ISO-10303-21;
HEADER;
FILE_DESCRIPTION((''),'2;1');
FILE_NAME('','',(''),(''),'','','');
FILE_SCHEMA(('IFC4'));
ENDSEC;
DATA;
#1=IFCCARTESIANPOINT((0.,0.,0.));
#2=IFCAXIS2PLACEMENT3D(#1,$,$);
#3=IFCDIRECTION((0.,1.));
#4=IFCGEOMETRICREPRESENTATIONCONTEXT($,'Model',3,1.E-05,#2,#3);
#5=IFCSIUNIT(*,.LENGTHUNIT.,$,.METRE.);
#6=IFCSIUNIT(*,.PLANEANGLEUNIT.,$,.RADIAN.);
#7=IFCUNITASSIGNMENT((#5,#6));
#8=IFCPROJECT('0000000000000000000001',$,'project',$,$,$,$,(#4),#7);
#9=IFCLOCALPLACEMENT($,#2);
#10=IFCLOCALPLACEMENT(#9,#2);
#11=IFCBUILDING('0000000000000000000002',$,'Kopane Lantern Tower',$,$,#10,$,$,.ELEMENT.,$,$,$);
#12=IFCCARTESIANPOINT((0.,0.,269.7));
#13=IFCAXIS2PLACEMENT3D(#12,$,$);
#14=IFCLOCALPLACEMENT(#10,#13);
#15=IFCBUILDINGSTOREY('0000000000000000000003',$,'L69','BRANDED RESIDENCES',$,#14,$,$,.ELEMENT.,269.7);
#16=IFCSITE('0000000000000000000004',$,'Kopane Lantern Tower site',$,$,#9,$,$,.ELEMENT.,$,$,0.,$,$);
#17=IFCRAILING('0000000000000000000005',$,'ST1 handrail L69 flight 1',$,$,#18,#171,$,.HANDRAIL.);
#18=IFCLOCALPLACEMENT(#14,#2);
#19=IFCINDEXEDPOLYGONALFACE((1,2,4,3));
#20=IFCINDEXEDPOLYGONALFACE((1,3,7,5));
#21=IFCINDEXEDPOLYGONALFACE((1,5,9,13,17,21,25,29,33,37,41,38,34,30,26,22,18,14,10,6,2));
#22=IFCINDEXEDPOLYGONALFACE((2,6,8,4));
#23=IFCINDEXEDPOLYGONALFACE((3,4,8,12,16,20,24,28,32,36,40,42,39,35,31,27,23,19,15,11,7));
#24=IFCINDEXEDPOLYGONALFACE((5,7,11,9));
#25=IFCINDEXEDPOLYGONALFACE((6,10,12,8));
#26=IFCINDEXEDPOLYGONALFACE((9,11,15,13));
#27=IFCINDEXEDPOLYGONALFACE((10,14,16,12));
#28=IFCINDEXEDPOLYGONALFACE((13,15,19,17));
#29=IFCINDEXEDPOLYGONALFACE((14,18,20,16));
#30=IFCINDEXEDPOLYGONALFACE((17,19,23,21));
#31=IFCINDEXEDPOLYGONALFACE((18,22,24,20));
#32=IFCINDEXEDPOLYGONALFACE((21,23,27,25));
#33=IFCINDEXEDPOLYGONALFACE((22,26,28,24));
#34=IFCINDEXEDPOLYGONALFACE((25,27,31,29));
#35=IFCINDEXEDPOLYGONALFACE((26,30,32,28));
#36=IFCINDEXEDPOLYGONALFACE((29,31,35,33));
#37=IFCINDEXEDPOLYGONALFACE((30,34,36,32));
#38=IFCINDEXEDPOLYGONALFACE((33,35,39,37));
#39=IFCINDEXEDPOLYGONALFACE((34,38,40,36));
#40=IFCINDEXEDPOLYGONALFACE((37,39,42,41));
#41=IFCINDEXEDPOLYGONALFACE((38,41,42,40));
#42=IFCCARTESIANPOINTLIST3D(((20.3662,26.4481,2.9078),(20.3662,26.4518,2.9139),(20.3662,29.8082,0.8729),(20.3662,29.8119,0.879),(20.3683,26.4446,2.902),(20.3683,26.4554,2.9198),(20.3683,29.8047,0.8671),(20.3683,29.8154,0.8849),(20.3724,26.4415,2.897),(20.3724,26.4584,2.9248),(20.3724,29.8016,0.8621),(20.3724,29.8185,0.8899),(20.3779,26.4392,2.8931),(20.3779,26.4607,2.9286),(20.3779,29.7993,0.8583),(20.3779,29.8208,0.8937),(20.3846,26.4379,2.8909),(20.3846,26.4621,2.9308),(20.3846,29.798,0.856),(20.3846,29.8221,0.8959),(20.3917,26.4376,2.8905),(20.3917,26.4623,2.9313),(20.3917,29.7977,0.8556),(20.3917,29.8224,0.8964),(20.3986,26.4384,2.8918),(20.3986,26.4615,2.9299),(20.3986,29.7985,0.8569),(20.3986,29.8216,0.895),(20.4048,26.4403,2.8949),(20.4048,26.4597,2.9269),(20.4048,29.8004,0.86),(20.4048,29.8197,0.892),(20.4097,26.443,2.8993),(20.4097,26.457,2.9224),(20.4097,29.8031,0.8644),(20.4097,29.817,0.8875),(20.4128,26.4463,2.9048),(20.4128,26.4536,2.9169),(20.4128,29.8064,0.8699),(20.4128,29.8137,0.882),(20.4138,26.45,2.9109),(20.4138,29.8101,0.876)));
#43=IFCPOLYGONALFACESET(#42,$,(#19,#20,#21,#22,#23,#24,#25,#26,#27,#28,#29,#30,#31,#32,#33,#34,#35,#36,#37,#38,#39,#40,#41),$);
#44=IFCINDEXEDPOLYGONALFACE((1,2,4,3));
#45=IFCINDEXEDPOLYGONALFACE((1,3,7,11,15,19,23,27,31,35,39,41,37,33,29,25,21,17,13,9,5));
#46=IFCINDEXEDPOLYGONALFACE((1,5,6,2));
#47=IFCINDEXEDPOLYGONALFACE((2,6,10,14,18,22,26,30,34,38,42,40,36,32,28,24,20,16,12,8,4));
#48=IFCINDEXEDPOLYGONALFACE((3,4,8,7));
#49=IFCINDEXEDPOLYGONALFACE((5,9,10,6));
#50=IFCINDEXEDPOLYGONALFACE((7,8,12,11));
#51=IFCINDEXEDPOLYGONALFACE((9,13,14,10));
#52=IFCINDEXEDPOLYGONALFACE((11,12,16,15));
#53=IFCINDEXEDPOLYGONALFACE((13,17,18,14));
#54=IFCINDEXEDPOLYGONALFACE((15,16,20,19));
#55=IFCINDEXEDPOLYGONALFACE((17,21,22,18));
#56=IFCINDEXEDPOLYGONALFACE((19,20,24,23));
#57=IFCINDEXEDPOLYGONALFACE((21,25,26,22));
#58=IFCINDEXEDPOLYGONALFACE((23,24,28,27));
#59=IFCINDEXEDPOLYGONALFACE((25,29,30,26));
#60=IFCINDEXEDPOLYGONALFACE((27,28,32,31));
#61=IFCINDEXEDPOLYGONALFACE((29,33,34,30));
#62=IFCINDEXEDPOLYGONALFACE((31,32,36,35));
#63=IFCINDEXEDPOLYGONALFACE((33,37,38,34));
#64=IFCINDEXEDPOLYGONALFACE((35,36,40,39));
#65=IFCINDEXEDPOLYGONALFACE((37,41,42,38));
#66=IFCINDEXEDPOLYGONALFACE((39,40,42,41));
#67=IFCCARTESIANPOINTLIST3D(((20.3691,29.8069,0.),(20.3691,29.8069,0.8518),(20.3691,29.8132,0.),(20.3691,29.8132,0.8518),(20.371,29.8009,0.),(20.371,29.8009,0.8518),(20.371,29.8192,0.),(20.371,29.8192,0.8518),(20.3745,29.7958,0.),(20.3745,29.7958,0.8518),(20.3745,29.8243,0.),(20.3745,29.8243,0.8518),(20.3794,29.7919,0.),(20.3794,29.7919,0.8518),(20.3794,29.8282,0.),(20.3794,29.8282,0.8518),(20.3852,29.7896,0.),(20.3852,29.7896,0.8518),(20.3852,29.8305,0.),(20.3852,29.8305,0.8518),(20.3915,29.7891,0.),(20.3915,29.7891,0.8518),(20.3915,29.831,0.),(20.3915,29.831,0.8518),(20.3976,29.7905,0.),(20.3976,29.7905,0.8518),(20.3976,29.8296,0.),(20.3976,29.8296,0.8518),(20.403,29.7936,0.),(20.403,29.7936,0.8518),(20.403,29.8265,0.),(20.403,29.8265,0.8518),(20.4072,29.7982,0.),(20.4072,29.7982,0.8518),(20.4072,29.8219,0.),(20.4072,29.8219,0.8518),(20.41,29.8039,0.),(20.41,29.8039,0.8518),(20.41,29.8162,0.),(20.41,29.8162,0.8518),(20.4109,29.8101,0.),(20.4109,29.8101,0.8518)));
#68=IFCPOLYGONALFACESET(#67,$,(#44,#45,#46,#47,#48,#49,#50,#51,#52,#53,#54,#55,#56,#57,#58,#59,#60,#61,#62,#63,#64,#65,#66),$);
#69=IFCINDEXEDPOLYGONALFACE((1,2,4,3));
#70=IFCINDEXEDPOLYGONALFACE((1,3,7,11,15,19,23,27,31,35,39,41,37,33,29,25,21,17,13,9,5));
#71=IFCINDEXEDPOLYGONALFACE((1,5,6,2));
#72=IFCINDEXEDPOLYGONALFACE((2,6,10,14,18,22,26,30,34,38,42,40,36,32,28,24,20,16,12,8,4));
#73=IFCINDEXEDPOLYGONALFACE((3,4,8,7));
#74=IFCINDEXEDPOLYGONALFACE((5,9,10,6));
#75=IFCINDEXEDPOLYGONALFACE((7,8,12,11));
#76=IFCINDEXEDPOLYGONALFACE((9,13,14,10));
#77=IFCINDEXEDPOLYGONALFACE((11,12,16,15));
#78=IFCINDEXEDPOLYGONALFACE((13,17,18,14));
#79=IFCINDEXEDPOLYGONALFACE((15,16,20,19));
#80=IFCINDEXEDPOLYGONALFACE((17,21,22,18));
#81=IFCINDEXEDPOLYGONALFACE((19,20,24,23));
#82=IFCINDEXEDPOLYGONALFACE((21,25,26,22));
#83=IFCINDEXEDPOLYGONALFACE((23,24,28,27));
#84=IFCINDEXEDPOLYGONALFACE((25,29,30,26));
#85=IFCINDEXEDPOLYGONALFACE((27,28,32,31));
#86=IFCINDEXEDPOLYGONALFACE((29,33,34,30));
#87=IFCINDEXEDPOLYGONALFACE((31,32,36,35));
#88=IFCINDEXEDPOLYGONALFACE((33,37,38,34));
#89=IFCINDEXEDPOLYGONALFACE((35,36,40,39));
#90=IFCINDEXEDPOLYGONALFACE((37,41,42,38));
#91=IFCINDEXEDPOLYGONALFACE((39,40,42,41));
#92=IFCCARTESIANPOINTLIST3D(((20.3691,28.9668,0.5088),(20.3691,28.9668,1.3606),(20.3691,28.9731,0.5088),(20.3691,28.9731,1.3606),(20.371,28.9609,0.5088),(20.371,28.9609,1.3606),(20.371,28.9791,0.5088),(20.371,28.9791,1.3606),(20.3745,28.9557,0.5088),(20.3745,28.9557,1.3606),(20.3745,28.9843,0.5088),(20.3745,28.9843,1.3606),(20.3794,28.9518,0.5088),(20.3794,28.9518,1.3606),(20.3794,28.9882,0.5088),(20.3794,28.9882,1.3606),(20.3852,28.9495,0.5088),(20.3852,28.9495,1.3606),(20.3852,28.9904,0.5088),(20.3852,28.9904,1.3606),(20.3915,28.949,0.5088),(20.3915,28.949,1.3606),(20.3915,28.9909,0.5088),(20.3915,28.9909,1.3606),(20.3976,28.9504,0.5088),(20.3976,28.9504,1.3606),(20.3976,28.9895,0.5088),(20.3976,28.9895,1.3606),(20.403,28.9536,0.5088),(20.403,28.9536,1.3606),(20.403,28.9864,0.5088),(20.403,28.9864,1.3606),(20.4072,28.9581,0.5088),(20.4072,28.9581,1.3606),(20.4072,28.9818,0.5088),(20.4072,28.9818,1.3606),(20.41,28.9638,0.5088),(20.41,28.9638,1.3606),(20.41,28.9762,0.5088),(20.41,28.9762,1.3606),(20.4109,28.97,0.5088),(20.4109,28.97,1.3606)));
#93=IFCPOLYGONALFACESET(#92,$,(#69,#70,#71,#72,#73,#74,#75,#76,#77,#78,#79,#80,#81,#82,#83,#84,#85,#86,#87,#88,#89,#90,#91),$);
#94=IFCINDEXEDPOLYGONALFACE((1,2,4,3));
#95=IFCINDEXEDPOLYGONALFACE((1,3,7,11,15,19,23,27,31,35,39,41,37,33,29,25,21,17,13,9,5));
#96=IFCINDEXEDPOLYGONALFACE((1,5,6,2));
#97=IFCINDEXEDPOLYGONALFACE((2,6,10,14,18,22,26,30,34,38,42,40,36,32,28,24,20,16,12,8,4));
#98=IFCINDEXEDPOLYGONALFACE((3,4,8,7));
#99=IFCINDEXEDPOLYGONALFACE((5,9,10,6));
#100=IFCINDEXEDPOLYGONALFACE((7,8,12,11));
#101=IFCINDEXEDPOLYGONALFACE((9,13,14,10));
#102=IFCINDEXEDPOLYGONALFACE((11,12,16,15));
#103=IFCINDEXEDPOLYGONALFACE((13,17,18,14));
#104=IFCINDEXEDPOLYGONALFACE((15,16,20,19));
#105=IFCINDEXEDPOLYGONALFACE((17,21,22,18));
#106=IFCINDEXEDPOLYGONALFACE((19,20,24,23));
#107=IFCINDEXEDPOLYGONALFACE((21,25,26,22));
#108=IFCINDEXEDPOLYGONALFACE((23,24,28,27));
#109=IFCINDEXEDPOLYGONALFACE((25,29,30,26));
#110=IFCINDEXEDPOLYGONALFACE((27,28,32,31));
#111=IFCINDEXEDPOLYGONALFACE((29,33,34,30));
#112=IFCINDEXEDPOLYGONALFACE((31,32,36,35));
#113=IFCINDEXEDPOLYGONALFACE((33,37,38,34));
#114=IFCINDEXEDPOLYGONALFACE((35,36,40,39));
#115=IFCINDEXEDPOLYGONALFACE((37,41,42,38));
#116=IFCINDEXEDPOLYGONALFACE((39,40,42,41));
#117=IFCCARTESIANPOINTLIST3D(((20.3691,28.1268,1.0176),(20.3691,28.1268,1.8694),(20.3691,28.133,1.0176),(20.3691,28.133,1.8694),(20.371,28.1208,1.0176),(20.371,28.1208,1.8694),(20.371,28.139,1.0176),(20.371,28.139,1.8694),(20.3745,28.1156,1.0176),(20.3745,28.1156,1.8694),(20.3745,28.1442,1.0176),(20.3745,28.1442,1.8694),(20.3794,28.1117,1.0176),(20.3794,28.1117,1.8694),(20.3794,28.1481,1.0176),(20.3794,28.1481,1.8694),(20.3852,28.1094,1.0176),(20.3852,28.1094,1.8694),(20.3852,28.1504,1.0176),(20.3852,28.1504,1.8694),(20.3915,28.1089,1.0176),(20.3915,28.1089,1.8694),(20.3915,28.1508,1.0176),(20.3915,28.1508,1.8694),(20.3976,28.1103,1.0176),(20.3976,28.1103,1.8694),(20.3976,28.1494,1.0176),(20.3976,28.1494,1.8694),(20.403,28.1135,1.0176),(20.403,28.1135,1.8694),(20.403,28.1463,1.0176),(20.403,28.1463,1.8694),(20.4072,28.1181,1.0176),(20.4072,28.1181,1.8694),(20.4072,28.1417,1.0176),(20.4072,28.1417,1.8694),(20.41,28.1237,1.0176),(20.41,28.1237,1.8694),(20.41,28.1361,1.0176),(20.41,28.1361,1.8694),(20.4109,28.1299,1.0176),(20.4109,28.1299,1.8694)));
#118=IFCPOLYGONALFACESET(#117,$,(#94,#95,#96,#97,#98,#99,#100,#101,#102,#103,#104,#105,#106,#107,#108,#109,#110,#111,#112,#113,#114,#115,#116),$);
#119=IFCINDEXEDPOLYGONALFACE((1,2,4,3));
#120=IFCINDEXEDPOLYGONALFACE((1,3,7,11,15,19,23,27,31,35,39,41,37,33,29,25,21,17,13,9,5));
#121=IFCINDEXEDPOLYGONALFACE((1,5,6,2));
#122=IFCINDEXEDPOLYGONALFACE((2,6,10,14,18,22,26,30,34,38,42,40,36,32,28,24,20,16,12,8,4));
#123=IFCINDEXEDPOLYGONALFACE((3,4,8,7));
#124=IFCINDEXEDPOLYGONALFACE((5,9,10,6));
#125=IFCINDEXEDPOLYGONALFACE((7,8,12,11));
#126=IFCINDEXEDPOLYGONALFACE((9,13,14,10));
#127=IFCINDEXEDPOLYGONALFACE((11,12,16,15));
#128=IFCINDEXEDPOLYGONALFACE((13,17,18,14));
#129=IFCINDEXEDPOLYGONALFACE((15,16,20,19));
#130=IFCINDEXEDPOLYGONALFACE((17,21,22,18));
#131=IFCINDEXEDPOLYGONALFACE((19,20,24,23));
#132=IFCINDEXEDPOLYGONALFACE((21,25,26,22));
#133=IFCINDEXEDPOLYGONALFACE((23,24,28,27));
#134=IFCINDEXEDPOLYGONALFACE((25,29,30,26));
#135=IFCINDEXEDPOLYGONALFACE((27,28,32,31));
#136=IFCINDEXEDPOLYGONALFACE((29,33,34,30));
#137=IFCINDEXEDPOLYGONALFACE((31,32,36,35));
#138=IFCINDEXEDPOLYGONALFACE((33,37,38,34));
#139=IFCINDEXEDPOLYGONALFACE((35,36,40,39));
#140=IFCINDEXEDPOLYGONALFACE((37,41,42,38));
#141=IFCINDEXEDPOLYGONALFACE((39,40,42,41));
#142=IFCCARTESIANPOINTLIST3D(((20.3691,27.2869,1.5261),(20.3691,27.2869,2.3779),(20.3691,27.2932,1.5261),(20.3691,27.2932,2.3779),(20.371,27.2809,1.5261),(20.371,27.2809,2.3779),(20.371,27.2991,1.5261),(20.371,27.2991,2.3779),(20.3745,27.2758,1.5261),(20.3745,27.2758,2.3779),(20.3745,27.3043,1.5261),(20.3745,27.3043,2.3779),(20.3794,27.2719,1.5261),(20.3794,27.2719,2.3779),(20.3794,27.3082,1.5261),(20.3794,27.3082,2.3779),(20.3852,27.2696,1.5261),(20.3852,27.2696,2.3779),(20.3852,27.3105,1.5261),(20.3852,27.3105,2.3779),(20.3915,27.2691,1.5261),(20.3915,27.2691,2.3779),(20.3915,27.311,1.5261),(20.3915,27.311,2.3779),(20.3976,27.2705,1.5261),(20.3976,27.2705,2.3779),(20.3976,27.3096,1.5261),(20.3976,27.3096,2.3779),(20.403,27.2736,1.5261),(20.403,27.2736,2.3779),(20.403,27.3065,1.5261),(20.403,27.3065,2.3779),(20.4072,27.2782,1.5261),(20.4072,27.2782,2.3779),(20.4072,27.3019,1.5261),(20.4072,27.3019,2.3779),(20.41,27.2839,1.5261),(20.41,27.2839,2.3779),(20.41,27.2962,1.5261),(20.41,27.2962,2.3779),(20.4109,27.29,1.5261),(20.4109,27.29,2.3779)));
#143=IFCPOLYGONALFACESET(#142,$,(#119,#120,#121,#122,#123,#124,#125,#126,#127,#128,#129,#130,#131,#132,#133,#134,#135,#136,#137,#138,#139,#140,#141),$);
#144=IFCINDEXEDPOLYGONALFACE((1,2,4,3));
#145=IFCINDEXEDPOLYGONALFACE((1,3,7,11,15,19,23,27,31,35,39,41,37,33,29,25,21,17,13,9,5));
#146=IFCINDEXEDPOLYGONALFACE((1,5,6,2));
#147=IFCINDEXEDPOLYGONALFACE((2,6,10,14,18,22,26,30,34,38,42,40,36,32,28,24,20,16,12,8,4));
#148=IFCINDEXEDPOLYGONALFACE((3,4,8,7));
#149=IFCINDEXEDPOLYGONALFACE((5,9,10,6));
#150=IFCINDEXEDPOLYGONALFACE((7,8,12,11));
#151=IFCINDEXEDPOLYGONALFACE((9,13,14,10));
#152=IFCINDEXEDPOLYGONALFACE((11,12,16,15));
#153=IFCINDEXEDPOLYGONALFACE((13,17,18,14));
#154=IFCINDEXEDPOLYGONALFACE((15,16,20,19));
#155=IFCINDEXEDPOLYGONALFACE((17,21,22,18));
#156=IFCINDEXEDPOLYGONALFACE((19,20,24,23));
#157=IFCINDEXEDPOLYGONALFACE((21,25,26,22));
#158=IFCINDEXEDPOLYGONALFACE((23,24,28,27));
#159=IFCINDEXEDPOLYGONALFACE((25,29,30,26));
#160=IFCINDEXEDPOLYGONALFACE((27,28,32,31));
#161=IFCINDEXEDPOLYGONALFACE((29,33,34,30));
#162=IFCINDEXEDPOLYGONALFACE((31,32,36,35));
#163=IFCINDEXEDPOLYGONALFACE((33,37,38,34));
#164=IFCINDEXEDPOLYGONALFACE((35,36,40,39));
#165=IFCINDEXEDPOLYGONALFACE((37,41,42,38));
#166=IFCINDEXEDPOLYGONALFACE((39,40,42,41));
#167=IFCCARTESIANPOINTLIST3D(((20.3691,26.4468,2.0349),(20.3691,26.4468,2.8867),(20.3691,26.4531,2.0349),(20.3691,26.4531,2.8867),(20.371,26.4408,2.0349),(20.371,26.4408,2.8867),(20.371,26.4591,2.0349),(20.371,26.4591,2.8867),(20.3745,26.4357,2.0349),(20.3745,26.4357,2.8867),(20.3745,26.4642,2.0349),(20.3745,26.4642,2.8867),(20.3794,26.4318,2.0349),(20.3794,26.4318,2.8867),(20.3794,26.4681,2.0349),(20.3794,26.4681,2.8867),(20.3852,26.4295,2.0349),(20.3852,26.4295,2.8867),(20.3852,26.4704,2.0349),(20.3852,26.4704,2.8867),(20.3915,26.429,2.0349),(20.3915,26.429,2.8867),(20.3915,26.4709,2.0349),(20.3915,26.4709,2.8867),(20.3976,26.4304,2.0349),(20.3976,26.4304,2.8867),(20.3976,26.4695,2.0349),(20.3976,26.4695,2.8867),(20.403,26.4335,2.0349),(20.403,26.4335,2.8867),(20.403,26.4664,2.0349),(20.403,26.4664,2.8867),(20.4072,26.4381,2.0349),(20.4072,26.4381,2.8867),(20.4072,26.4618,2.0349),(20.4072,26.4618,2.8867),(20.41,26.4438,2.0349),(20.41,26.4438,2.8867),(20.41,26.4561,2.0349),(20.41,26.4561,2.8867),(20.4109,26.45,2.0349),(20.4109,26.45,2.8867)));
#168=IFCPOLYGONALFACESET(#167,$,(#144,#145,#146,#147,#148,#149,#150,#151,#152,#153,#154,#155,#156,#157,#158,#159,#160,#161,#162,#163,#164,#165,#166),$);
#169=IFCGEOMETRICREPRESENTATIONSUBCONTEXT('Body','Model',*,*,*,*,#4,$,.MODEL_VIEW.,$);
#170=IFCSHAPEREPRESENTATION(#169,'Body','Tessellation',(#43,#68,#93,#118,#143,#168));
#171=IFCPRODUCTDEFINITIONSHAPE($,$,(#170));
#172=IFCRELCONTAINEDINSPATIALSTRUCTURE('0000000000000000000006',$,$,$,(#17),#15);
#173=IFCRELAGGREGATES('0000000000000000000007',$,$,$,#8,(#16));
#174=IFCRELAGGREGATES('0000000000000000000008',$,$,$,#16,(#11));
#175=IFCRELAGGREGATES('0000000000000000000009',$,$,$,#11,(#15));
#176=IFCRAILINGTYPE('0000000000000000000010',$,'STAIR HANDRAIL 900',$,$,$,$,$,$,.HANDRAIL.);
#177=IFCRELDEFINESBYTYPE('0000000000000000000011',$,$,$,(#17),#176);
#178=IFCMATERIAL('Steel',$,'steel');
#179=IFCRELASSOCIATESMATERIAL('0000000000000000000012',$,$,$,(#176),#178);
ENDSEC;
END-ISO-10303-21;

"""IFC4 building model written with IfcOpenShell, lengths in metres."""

from ifc_helpers import new_model, si_unit, direction, frame, origin, origin_2d, place, context, subcontext, project, spatial, circle, extrude, material, type_object, element, save


model = new_model("IFC4")

# Units and contexts
model_context = context("Model", 3, precision=1e-05, world=origin(), true_north=direction((0.0, 1.0)))
body_context = subcontext(model_context, "Body", "Model", "MODEL_VIEW")
ifc_project = project(units=[si_unit("LENGTHUNIT", "METRE"), si_unit("PLANEANGLEUNIT", "RADIAN")], contexts=[model_context])

# Site, building, storey
site_placement = place(None, origin())
site = spatial("IfcSite", under=ifc_project, at=site_placement, Name="Kopane Lantern Tower site", CompositionType="ELEMENT", RefElevation=0.0)
building_placement = place(site_placement, origin())
building = spatial("IfcBuilding", under=site, at=building_placement, Name="Kopane Lantern Tower", CompositionType="ELEMENT")
storey_placement = place(building_placement, frame((0.0, 0.0, 269.7)))
storey = spatial("IfcBuildingStorey", under=building, at=storey_placement, Name="L69", Description="BRANDED RESIDENCES", CompositionType="ELEMENT", Elevation=269.7)

# Railing
ifc_material_1 = material(Name="Steel", Category="steel")
railing_type_1 = type_object("IfcRailingType", Name="STAIR HANDRAIL 900", PredefinedType="HANDRAIL", material=ifc_material_1)
for number, where, name in (
    (1, (20.3899, 29.8101, 0.0), "ST1 handrail L69 flight 1"),
):
    element("IfcRailing", number, at=place(storey_placement, frame(where)), inside=storey, type_object=railing_type_1, Name=name, PredefinedType="HANDRAIL", context=body_context, shape_type="SweptSolid", body=[
        extrude(circle(Radius=0.0239, at=origin_2d()), frame((0.0, 0.0, 0.876), z_axis=(0.0, -0.855369, 0.518019), x_axis=(1.0, 0.0, 0.0)), (0.0, 0.0, 1.0), 3.9282),
        extrude(circle(Radius=0.021, at=origin_2d()), origin(), (0.0, 0.0, 1.0), 0.8518),
        extrude(circle(Radius=0.021, at=origin_2d()), frame((0.0, -0.8401, 0.5088)), (0.0, 0.0, 1.0), 0.8518),
        extrude(circle(Radius=0.021, at=origin_2d()), frame((0.0, -1.6802, 1.0176)), (0.0, 0.0, 1.0), 0.8518),
        extrude(circle(Radius=0.021, at=origin_2d()), frame((0.0, -2.52, 1.5261)), (0.0, 0.0, 1.0), 0.8518),
        extrude(circle(Radius=0.021, at=origin_2d()), frame((0.0, -3.3601, 2.0349)), (0.0, 0.0, 1.0), 0.8518),
    ])

save(model, "model.ifc")
